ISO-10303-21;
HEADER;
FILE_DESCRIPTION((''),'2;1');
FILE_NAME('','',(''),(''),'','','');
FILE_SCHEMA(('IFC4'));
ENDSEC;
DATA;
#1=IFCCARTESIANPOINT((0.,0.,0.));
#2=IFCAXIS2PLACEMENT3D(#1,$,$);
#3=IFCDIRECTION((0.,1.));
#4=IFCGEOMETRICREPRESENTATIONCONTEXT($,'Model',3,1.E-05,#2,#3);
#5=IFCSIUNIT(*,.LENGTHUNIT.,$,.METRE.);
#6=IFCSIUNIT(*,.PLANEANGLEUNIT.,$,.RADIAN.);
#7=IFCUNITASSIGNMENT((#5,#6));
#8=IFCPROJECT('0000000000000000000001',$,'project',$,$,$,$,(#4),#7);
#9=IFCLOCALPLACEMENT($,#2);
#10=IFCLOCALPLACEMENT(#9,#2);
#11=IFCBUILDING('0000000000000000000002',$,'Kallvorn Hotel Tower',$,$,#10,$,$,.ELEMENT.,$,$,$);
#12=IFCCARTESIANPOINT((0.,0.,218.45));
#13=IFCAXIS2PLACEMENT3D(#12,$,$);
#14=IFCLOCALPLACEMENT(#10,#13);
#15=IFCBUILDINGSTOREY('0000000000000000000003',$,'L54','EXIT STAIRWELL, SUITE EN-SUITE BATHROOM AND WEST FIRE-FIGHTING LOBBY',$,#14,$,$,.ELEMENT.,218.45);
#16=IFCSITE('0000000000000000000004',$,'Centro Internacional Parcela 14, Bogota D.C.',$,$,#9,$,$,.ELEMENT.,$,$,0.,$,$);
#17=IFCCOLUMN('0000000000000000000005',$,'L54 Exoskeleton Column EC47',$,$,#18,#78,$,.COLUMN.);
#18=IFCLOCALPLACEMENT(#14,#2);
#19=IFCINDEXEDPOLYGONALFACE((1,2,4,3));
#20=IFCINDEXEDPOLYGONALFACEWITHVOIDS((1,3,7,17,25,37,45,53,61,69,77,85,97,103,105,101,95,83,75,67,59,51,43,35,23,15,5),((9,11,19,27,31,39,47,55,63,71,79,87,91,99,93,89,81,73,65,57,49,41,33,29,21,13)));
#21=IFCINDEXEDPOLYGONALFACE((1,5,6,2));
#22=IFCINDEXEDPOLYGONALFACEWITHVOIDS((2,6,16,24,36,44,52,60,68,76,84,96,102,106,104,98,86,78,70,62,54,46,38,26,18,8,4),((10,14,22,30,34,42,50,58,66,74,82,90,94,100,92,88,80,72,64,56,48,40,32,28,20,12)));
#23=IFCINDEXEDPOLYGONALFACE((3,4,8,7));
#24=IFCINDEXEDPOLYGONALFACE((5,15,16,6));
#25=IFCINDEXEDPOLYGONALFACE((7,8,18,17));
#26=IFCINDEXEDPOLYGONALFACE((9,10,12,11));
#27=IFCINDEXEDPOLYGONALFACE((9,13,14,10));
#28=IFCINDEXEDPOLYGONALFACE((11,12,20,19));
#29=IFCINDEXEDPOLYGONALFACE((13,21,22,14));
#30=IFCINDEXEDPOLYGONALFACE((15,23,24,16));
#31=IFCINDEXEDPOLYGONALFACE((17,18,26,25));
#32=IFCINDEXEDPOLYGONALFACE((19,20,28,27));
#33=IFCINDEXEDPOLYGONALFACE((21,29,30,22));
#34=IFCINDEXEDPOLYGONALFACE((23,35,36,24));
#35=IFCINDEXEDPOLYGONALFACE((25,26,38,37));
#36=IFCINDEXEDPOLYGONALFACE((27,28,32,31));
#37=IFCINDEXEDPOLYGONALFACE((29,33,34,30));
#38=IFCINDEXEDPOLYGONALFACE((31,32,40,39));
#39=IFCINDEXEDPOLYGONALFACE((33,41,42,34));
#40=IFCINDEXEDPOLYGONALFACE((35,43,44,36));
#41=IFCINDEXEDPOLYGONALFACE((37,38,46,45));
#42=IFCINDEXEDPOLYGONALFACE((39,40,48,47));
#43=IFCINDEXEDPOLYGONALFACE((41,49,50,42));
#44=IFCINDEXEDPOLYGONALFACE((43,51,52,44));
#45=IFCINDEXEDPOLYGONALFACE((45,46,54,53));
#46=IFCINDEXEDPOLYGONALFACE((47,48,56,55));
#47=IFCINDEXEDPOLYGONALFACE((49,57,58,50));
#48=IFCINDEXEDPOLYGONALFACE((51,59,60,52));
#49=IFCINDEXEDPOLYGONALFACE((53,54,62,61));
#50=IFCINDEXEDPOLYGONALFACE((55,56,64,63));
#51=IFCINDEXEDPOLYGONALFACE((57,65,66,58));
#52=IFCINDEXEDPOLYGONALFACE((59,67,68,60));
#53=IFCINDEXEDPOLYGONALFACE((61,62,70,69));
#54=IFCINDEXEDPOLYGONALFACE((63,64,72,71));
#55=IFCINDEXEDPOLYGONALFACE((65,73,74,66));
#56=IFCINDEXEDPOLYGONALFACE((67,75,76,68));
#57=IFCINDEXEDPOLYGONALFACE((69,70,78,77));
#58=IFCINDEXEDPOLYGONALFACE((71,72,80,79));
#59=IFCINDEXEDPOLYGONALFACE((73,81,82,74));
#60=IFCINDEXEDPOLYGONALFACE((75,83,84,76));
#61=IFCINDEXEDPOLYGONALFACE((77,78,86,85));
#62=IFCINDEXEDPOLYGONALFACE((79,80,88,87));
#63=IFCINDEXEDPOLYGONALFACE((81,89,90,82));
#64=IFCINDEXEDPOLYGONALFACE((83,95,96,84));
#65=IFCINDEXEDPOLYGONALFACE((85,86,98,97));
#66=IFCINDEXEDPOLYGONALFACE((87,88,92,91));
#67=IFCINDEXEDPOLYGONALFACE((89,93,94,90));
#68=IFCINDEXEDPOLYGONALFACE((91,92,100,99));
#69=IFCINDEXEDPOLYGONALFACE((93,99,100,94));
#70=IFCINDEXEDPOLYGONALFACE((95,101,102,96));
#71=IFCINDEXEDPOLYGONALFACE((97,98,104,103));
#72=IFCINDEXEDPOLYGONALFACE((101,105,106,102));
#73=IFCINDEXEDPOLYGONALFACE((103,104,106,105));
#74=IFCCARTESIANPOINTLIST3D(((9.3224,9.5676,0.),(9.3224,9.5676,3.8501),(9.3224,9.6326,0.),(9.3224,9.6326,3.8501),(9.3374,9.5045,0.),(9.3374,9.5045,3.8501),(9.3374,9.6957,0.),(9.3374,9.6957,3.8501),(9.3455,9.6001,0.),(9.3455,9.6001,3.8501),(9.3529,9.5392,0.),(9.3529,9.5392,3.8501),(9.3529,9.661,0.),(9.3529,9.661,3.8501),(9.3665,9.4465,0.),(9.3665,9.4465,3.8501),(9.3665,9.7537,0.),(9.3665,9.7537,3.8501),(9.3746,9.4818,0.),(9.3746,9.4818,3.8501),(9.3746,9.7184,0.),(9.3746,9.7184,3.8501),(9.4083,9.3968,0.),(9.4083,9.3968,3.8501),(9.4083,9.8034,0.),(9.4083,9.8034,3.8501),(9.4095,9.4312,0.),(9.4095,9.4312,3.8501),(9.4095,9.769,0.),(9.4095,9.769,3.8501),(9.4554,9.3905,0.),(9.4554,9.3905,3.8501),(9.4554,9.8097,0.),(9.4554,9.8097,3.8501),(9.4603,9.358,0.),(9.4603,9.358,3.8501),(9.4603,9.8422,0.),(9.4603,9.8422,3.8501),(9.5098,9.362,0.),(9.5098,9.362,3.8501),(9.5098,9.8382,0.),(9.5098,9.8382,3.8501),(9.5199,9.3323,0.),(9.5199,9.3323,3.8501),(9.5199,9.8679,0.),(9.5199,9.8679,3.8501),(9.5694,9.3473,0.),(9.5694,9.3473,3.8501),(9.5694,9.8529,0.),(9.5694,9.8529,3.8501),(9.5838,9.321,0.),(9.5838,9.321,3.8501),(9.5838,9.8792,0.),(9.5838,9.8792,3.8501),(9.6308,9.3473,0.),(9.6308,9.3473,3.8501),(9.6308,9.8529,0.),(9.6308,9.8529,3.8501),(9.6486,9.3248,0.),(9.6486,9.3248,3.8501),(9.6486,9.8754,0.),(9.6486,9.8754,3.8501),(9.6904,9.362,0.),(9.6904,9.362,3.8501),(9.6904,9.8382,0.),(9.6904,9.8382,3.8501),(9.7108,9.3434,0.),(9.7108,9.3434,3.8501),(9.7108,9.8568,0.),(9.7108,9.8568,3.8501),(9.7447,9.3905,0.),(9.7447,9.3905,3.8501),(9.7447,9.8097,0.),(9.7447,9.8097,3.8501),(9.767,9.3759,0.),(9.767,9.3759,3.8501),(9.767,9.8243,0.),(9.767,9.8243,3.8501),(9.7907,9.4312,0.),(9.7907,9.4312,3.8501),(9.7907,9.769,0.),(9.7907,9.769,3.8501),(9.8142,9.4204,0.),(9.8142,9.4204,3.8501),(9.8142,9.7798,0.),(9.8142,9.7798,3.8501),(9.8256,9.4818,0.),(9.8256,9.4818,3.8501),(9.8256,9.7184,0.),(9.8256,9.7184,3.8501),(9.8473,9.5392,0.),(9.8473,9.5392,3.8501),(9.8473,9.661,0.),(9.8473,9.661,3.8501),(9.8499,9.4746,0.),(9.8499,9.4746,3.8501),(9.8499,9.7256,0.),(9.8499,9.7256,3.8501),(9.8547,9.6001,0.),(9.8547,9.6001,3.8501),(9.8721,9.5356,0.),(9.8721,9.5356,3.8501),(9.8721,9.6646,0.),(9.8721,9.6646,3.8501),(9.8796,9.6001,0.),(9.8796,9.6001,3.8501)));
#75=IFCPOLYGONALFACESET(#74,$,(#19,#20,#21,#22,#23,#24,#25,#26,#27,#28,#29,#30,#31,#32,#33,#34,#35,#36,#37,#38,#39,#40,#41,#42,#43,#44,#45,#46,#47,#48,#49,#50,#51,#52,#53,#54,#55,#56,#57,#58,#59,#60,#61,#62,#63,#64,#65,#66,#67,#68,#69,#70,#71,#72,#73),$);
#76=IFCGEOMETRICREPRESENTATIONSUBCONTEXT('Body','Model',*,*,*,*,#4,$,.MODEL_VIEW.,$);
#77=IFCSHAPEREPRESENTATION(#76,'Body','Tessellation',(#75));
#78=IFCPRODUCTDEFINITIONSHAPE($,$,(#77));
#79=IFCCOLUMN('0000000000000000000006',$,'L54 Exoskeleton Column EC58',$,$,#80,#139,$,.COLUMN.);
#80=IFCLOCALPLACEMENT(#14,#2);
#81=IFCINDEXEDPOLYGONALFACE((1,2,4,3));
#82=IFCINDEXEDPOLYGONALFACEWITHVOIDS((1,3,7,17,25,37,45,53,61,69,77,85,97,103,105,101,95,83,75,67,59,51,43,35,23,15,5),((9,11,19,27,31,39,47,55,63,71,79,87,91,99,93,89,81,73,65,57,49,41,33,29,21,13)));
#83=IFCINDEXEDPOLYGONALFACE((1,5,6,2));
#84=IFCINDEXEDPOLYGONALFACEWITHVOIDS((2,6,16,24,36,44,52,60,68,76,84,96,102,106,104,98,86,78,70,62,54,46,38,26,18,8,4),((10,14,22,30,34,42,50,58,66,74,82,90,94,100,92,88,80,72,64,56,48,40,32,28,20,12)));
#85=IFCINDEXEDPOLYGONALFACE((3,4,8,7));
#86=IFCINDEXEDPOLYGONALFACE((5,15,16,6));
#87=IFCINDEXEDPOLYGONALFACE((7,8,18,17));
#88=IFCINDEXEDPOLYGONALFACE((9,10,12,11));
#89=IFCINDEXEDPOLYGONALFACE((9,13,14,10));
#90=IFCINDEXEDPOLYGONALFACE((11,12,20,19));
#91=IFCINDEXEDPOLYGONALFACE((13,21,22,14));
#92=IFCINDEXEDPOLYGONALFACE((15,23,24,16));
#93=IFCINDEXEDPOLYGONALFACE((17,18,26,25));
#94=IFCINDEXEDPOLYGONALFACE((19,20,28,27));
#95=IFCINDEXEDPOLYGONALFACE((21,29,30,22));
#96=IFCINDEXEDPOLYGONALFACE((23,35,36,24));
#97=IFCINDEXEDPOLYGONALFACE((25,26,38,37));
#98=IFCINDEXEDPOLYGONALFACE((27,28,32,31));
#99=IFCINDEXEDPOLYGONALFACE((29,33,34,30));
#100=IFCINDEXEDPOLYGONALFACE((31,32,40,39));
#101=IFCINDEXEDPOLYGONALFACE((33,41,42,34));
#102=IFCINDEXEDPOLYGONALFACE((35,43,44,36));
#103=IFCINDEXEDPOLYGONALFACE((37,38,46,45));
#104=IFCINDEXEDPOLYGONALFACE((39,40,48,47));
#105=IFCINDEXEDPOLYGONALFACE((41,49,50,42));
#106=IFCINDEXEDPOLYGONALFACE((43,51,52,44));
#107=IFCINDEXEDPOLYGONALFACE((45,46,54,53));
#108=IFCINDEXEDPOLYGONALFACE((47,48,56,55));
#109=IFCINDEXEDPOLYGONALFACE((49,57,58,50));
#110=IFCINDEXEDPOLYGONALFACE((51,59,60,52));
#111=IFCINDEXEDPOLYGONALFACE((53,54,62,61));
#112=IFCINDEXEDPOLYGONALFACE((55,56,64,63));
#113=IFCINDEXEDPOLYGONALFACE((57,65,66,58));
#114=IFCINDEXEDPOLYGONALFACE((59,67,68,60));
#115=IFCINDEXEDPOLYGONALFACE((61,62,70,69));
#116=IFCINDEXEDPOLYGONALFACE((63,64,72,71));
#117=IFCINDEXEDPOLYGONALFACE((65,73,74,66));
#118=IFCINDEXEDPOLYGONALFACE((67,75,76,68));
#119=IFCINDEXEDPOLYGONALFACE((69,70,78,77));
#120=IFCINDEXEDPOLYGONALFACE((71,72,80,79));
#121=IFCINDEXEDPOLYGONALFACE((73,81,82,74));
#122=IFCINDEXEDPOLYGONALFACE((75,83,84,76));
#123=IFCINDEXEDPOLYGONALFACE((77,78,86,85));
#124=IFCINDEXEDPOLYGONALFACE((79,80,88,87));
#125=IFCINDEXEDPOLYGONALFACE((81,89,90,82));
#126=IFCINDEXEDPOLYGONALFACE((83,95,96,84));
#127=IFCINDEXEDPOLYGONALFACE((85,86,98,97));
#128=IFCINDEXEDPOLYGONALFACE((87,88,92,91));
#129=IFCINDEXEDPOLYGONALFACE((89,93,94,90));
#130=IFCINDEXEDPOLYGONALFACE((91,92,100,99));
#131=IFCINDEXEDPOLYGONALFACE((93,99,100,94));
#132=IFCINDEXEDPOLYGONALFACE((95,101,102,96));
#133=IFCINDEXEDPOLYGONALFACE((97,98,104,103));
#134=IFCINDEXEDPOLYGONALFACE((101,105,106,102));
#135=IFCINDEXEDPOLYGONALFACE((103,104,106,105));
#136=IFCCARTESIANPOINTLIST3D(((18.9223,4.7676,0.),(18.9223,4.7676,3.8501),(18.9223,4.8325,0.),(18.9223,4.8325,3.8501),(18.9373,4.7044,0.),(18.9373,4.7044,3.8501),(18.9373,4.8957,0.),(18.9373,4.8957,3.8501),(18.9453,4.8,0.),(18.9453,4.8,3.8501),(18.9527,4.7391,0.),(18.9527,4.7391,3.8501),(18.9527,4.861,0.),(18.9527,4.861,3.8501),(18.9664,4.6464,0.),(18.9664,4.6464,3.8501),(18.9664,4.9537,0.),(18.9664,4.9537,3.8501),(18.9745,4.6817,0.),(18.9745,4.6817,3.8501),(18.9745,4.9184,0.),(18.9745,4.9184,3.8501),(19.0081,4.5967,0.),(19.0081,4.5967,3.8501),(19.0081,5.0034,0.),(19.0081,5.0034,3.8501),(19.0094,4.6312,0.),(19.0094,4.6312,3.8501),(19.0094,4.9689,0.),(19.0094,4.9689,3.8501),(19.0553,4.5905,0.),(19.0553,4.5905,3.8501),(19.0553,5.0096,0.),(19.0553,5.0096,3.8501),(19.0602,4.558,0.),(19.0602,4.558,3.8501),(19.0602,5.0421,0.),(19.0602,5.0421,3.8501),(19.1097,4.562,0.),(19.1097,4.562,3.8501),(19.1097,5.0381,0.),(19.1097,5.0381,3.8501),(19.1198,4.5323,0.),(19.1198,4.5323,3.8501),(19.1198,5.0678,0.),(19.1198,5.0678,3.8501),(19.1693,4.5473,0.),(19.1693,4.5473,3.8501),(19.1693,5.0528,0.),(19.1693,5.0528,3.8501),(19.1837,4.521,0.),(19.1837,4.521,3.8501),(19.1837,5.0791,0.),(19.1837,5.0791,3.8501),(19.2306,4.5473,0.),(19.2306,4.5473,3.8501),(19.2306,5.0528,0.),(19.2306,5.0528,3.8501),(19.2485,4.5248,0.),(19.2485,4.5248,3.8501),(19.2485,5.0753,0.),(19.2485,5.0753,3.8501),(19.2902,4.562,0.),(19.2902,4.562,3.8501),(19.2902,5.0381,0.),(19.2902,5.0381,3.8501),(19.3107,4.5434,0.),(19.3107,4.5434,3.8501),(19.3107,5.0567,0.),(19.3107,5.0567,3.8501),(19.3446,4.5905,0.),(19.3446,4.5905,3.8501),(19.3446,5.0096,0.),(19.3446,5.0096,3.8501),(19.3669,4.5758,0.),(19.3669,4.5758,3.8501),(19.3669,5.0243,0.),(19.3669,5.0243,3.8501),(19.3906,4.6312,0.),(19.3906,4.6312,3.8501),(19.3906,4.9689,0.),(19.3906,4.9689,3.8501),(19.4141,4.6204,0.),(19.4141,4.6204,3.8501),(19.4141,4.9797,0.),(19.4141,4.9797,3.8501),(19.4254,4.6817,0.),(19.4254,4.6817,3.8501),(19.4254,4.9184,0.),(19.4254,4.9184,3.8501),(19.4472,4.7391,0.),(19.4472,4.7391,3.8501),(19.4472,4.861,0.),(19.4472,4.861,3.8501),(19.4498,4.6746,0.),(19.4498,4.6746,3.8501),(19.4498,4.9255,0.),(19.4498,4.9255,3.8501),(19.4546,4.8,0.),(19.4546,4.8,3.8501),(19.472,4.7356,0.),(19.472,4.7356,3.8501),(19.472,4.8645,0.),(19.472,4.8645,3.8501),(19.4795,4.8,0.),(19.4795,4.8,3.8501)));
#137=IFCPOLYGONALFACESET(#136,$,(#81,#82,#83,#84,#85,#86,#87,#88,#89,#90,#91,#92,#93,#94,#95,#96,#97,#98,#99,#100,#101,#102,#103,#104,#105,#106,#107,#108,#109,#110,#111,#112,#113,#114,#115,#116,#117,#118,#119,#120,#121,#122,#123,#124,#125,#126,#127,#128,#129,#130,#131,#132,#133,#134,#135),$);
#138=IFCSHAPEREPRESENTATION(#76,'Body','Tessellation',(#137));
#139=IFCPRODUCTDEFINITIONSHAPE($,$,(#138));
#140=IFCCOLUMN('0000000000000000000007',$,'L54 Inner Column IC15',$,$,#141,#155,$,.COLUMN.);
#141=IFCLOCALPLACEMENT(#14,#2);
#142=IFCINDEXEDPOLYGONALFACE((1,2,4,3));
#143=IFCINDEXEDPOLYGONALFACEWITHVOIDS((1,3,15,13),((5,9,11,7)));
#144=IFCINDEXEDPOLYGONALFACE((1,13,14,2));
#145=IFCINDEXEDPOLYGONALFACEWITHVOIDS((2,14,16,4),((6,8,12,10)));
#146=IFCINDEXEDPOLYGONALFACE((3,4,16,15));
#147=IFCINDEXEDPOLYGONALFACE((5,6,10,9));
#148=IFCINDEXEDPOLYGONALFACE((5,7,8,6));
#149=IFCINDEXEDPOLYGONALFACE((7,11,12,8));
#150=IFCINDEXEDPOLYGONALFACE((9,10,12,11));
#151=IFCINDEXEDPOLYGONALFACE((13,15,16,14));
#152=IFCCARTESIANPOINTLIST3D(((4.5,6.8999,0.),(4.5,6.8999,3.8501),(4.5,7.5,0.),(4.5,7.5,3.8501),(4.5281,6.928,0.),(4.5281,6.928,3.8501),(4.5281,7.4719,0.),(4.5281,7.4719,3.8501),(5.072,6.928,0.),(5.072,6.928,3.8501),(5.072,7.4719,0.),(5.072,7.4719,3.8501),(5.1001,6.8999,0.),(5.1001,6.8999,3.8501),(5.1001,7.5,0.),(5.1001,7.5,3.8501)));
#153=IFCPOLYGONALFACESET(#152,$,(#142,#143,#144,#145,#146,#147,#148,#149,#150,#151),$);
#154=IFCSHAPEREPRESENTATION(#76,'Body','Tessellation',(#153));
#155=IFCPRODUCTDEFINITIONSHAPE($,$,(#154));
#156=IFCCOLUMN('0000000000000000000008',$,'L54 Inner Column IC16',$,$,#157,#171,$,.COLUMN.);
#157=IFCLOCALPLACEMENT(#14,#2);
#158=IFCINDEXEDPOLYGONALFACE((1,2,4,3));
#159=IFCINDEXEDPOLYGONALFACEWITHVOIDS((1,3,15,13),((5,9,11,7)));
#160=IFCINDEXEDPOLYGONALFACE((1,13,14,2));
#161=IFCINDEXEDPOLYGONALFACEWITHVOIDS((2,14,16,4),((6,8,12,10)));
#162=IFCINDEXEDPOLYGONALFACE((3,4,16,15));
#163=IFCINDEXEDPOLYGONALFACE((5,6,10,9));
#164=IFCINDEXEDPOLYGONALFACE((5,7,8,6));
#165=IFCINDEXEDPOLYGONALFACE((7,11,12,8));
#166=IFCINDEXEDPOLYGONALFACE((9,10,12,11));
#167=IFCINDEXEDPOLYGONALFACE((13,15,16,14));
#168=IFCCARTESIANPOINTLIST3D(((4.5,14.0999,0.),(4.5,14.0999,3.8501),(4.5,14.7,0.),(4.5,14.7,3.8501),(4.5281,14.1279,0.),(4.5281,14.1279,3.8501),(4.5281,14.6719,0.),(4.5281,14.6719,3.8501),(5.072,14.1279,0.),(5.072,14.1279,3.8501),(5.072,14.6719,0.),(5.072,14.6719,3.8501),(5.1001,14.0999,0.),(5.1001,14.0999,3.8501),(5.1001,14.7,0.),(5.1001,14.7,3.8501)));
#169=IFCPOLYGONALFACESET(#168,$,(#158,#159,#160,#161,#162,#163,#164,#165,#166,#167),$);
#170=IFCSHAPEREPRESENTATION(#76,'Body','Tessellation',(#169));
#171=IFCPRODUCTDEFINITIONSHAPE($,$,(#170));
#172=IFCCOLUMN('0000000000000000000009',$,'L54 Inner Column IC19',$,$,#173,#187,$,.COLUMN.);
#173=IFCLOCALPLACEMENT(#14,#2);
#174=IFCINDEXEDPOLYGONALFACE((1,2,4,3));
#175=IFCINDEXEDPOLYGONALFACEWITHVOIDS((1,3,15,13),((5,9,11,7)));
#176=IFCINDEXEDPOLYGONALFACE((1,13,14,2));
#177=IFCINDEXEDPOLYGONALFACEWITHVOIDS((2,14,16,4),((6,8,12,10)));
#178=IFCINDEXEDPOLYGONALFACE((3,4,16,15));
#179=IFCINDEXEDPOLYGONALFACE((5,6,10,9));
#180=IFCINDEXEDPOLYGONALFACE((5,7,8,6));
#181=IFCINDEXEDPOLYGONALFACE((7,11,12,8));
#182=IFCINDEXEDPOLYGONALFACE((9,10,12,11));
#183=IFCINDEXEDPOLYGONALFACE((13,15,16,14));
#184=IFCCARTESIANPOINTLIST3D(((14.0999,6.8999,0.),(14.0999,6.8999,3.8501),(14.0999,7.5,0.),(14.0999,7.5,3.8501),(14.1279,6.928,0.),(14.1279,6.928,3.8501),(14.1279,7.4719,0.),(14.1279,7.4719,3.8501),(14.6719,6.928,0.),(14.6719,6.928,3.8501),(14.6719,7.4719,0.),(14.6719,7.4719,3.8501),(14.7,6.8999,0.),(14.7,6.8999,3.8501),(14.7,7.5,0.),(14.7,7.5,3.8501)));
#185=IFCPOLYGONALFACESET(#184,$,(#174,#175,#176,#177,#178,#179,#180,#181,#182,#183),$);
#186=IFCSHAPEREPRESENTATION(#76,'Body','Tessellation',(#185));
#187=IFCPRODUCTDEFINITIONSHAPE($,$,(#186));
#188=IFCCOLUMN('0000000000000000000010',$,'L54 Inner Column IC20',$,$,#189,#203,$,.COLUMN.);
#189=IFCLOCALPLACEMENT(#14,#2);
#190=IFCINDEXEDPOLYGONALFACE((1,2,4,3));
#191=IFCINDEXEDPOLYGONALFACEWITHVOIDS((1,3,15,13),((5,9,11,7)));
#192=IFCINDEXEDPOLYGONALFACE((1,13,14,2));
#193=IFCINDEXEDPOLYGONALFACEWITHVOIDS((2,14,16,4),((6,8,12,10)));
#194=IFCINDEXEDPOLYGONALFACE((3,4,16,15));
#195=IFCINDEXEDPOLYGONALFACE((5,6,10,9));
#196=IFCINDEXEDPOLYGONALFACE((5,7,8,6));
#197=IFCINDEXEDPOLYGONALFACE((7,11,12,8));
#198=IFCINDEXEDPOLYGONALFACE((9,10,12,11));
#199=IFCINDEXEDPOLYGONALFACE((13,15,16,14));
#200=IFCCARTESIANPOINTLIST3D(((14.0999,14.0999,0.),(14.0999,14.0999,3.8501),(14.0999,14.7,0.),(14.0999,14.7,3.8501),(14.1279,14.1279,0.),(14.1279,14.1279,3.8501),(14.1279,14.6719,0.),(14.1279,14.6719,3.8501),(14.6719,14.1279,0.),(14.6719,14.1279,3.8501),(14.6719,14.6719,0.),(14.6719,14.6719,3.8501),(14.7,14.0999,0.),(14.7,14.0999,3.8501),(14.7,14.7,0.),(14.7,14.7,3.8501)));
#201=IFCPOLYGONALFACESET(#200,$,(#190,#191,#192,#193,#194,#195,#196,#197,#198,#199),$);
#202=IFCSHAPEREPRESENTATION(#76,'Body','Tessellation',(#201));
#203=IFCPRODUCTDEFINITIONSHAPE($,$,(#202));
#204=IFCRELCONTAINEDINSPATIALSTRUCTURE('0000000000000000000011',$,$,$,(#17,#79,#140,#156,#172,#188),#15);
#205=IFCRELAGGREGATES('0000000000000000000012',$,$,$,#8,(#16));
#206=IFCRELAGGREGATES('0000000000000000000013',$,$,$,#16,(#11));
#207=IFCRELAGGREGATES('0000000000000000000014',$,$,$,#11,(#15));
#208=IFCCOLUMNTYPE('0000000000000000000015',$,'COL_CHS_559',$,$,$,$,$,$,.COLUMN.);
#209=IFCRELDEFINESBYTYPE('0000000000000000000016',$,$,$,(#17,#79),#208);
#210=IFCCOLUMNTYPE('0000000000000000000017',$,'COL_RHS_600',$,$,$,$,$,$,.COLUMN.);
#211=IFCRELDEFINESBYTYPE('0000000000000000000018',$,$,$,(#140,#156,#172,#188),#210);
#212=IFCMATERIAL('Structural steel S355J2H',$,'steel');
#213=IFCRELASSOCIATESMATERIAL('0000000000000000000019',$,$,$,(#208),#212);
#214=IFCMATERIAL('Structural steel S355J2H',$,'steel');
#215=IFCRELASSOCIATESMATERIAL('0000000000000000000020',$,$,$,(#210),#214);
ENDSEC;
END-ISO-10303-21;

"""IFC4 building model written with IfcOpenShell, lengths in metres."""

from ifc_helpers import new_model, si_unit, direction, frame, origin, origin_2d, place, context, subcontext, project, spatial, hollow_rectangle, hollow_circle, extrude, material, material_profile, profile_set, type_object, element, save


model = new_model("IFC4")

# Units and contexts
model_context = context("Model", 3, precision=1e-05, world=origin(), true_north=direction((0.0, 1.0)))
body_context = subcontext(model_context, "Body", "Model", "MODEL_VIEW")
ifc_project = project(units=[si_unit("LENGTHUNIT", "METRE"), si_unit("PLANEANGLEUNIT", "RADIAN")], contexts=[model_context])

# Site, building, storey
site_placement = place(None, origin())
site = spatial("IfcSite", under=ifc_project, at=site_placement, Name="Centro Internacional Parcela 14, Bogota D.C.", CompositionType="ELEMENT", RefElevation=0.0)
building_placement = place(site_placement, origin())
building = spatial("IfcBuilding", under=site, at=building_placement, Name="Kallvorn Hotel Tower", CompositionType="ELEMENT")
storey_placement = place(building_placement, frame((0.0, 0.0, 218.45)))
storey = spatial("IfcBuildingStorey", under=building, at=storey_placement, Name="L54", Description="EXIT STAIRWELL, SUITE EN-SUITE BATHROOM AND WEST FIRE-FIGHTING LOBBY", CompositionType="ELEMENT", Elevation=218.45)

# Columns
ifc_material_1 = material(Name="Structural steel S355J2H", Category="steel")
ifc_material_profile_1 = material_profile(ifc_material_1, hollow_circle(Radius=0.2795, WallThickness=0.0249, at=origin_2d()), Name="CHS 559x25")
ifc_profile_set_1 = profile_set([ifc_material_profile_1], Name="Structural steel S355J2H")
column_type_1 = type_object("IfcColumnType", Name="COL_CHS_559", PredefinedType="COLUMN", material=ifc_profile_set_1)
for number, where, z_axis, x_axis, name in (
    (1, (9.6001, 9.6001, 0.0), (0.0, 0.0, 1.0), (1.0, 0.0, 0.0), "L54 Exoskeleton Column EC47"),
    (2, (19.2, 4.8, 0.0), (0.0, 0.0, 1.0), (1.0, 0.0, 0.0), "L54 Exoskeleton Column EC58"),
):
    element("IfcColumn", number, at=place(storey_placement, frame(where, z_axis=z_axis, x_axis=x_axis)), inside=storey, type_object=column_type_1, Name=name, PredefinedType="COLUMN", context=body_context, shape_type="SweptSolid", body=[
        extrude(hollow_circle(Radius=0.2795, WallThickness=0.0249, at=origin_2d()), origin(), (0.0, 0.0, 1.0), 3.8501),
    ])
ifc_material_2 = material(Name="Structural steel S355J2H", Category="steel")
ifc_material_profile_2 = material_profile(ifc_material_2, hollow_rectangle(XDim=0.6001, YDim=0.6001, WallThickness=0.0281, at=origin_2d()), Name="RHS 600x600x28")
ifc_profile_set_2 = profile_set([ifc_material_profile_2], Name="Structural steel S355J2H")
column_type_2 = type_object("IfcColumnType", Name="COL_RHS_600", PredefinedType="COLUMN", material=ifc_profile_set_2)
for number, where, z_axis, x_axis, name in (
    (3, (4.8, 7.2, 0.0), (0.0, 0.0, 1.0), (1.0, 0.0, 0.0), "L54 Inner Column IC15"),
    (4, (4.8, 14.3999, 0.0), (0.0, 0.0, 1.0), (1.0, 0.0, 0.0), "L54 Inner Column IC16"),
    (5, (14.3999, 7.2, 0.0), (0.0, 0.0, 1.0), (1.0, 0.0, 0.0), "L54 Inner Column IC19"),
    (6, (14.3999, 14.3999, 0.0), (0.0, 0.0, 1.0), (1.0, 0.0, 0.0), "L54 Inner Column IC20"),
):
    element("IfcColumn", number, at=place(storey_placement, frame(where, z_axis=z_axis, x_axis=x_axis)), inside=storey, type_object=column_type_2, Name=name, PredefinedType="COLUMN", context=body_context, shape_type="SweptSolid", body=[
        extrude(hollow_rectangle(XDim=0.6001, YDim=0.6001, WallThickness=0.0281, at=origin_2d()), origin(), (0.0, 0.0, 1.0), 3.8501),
    ])

save(model, "model.ifc")
